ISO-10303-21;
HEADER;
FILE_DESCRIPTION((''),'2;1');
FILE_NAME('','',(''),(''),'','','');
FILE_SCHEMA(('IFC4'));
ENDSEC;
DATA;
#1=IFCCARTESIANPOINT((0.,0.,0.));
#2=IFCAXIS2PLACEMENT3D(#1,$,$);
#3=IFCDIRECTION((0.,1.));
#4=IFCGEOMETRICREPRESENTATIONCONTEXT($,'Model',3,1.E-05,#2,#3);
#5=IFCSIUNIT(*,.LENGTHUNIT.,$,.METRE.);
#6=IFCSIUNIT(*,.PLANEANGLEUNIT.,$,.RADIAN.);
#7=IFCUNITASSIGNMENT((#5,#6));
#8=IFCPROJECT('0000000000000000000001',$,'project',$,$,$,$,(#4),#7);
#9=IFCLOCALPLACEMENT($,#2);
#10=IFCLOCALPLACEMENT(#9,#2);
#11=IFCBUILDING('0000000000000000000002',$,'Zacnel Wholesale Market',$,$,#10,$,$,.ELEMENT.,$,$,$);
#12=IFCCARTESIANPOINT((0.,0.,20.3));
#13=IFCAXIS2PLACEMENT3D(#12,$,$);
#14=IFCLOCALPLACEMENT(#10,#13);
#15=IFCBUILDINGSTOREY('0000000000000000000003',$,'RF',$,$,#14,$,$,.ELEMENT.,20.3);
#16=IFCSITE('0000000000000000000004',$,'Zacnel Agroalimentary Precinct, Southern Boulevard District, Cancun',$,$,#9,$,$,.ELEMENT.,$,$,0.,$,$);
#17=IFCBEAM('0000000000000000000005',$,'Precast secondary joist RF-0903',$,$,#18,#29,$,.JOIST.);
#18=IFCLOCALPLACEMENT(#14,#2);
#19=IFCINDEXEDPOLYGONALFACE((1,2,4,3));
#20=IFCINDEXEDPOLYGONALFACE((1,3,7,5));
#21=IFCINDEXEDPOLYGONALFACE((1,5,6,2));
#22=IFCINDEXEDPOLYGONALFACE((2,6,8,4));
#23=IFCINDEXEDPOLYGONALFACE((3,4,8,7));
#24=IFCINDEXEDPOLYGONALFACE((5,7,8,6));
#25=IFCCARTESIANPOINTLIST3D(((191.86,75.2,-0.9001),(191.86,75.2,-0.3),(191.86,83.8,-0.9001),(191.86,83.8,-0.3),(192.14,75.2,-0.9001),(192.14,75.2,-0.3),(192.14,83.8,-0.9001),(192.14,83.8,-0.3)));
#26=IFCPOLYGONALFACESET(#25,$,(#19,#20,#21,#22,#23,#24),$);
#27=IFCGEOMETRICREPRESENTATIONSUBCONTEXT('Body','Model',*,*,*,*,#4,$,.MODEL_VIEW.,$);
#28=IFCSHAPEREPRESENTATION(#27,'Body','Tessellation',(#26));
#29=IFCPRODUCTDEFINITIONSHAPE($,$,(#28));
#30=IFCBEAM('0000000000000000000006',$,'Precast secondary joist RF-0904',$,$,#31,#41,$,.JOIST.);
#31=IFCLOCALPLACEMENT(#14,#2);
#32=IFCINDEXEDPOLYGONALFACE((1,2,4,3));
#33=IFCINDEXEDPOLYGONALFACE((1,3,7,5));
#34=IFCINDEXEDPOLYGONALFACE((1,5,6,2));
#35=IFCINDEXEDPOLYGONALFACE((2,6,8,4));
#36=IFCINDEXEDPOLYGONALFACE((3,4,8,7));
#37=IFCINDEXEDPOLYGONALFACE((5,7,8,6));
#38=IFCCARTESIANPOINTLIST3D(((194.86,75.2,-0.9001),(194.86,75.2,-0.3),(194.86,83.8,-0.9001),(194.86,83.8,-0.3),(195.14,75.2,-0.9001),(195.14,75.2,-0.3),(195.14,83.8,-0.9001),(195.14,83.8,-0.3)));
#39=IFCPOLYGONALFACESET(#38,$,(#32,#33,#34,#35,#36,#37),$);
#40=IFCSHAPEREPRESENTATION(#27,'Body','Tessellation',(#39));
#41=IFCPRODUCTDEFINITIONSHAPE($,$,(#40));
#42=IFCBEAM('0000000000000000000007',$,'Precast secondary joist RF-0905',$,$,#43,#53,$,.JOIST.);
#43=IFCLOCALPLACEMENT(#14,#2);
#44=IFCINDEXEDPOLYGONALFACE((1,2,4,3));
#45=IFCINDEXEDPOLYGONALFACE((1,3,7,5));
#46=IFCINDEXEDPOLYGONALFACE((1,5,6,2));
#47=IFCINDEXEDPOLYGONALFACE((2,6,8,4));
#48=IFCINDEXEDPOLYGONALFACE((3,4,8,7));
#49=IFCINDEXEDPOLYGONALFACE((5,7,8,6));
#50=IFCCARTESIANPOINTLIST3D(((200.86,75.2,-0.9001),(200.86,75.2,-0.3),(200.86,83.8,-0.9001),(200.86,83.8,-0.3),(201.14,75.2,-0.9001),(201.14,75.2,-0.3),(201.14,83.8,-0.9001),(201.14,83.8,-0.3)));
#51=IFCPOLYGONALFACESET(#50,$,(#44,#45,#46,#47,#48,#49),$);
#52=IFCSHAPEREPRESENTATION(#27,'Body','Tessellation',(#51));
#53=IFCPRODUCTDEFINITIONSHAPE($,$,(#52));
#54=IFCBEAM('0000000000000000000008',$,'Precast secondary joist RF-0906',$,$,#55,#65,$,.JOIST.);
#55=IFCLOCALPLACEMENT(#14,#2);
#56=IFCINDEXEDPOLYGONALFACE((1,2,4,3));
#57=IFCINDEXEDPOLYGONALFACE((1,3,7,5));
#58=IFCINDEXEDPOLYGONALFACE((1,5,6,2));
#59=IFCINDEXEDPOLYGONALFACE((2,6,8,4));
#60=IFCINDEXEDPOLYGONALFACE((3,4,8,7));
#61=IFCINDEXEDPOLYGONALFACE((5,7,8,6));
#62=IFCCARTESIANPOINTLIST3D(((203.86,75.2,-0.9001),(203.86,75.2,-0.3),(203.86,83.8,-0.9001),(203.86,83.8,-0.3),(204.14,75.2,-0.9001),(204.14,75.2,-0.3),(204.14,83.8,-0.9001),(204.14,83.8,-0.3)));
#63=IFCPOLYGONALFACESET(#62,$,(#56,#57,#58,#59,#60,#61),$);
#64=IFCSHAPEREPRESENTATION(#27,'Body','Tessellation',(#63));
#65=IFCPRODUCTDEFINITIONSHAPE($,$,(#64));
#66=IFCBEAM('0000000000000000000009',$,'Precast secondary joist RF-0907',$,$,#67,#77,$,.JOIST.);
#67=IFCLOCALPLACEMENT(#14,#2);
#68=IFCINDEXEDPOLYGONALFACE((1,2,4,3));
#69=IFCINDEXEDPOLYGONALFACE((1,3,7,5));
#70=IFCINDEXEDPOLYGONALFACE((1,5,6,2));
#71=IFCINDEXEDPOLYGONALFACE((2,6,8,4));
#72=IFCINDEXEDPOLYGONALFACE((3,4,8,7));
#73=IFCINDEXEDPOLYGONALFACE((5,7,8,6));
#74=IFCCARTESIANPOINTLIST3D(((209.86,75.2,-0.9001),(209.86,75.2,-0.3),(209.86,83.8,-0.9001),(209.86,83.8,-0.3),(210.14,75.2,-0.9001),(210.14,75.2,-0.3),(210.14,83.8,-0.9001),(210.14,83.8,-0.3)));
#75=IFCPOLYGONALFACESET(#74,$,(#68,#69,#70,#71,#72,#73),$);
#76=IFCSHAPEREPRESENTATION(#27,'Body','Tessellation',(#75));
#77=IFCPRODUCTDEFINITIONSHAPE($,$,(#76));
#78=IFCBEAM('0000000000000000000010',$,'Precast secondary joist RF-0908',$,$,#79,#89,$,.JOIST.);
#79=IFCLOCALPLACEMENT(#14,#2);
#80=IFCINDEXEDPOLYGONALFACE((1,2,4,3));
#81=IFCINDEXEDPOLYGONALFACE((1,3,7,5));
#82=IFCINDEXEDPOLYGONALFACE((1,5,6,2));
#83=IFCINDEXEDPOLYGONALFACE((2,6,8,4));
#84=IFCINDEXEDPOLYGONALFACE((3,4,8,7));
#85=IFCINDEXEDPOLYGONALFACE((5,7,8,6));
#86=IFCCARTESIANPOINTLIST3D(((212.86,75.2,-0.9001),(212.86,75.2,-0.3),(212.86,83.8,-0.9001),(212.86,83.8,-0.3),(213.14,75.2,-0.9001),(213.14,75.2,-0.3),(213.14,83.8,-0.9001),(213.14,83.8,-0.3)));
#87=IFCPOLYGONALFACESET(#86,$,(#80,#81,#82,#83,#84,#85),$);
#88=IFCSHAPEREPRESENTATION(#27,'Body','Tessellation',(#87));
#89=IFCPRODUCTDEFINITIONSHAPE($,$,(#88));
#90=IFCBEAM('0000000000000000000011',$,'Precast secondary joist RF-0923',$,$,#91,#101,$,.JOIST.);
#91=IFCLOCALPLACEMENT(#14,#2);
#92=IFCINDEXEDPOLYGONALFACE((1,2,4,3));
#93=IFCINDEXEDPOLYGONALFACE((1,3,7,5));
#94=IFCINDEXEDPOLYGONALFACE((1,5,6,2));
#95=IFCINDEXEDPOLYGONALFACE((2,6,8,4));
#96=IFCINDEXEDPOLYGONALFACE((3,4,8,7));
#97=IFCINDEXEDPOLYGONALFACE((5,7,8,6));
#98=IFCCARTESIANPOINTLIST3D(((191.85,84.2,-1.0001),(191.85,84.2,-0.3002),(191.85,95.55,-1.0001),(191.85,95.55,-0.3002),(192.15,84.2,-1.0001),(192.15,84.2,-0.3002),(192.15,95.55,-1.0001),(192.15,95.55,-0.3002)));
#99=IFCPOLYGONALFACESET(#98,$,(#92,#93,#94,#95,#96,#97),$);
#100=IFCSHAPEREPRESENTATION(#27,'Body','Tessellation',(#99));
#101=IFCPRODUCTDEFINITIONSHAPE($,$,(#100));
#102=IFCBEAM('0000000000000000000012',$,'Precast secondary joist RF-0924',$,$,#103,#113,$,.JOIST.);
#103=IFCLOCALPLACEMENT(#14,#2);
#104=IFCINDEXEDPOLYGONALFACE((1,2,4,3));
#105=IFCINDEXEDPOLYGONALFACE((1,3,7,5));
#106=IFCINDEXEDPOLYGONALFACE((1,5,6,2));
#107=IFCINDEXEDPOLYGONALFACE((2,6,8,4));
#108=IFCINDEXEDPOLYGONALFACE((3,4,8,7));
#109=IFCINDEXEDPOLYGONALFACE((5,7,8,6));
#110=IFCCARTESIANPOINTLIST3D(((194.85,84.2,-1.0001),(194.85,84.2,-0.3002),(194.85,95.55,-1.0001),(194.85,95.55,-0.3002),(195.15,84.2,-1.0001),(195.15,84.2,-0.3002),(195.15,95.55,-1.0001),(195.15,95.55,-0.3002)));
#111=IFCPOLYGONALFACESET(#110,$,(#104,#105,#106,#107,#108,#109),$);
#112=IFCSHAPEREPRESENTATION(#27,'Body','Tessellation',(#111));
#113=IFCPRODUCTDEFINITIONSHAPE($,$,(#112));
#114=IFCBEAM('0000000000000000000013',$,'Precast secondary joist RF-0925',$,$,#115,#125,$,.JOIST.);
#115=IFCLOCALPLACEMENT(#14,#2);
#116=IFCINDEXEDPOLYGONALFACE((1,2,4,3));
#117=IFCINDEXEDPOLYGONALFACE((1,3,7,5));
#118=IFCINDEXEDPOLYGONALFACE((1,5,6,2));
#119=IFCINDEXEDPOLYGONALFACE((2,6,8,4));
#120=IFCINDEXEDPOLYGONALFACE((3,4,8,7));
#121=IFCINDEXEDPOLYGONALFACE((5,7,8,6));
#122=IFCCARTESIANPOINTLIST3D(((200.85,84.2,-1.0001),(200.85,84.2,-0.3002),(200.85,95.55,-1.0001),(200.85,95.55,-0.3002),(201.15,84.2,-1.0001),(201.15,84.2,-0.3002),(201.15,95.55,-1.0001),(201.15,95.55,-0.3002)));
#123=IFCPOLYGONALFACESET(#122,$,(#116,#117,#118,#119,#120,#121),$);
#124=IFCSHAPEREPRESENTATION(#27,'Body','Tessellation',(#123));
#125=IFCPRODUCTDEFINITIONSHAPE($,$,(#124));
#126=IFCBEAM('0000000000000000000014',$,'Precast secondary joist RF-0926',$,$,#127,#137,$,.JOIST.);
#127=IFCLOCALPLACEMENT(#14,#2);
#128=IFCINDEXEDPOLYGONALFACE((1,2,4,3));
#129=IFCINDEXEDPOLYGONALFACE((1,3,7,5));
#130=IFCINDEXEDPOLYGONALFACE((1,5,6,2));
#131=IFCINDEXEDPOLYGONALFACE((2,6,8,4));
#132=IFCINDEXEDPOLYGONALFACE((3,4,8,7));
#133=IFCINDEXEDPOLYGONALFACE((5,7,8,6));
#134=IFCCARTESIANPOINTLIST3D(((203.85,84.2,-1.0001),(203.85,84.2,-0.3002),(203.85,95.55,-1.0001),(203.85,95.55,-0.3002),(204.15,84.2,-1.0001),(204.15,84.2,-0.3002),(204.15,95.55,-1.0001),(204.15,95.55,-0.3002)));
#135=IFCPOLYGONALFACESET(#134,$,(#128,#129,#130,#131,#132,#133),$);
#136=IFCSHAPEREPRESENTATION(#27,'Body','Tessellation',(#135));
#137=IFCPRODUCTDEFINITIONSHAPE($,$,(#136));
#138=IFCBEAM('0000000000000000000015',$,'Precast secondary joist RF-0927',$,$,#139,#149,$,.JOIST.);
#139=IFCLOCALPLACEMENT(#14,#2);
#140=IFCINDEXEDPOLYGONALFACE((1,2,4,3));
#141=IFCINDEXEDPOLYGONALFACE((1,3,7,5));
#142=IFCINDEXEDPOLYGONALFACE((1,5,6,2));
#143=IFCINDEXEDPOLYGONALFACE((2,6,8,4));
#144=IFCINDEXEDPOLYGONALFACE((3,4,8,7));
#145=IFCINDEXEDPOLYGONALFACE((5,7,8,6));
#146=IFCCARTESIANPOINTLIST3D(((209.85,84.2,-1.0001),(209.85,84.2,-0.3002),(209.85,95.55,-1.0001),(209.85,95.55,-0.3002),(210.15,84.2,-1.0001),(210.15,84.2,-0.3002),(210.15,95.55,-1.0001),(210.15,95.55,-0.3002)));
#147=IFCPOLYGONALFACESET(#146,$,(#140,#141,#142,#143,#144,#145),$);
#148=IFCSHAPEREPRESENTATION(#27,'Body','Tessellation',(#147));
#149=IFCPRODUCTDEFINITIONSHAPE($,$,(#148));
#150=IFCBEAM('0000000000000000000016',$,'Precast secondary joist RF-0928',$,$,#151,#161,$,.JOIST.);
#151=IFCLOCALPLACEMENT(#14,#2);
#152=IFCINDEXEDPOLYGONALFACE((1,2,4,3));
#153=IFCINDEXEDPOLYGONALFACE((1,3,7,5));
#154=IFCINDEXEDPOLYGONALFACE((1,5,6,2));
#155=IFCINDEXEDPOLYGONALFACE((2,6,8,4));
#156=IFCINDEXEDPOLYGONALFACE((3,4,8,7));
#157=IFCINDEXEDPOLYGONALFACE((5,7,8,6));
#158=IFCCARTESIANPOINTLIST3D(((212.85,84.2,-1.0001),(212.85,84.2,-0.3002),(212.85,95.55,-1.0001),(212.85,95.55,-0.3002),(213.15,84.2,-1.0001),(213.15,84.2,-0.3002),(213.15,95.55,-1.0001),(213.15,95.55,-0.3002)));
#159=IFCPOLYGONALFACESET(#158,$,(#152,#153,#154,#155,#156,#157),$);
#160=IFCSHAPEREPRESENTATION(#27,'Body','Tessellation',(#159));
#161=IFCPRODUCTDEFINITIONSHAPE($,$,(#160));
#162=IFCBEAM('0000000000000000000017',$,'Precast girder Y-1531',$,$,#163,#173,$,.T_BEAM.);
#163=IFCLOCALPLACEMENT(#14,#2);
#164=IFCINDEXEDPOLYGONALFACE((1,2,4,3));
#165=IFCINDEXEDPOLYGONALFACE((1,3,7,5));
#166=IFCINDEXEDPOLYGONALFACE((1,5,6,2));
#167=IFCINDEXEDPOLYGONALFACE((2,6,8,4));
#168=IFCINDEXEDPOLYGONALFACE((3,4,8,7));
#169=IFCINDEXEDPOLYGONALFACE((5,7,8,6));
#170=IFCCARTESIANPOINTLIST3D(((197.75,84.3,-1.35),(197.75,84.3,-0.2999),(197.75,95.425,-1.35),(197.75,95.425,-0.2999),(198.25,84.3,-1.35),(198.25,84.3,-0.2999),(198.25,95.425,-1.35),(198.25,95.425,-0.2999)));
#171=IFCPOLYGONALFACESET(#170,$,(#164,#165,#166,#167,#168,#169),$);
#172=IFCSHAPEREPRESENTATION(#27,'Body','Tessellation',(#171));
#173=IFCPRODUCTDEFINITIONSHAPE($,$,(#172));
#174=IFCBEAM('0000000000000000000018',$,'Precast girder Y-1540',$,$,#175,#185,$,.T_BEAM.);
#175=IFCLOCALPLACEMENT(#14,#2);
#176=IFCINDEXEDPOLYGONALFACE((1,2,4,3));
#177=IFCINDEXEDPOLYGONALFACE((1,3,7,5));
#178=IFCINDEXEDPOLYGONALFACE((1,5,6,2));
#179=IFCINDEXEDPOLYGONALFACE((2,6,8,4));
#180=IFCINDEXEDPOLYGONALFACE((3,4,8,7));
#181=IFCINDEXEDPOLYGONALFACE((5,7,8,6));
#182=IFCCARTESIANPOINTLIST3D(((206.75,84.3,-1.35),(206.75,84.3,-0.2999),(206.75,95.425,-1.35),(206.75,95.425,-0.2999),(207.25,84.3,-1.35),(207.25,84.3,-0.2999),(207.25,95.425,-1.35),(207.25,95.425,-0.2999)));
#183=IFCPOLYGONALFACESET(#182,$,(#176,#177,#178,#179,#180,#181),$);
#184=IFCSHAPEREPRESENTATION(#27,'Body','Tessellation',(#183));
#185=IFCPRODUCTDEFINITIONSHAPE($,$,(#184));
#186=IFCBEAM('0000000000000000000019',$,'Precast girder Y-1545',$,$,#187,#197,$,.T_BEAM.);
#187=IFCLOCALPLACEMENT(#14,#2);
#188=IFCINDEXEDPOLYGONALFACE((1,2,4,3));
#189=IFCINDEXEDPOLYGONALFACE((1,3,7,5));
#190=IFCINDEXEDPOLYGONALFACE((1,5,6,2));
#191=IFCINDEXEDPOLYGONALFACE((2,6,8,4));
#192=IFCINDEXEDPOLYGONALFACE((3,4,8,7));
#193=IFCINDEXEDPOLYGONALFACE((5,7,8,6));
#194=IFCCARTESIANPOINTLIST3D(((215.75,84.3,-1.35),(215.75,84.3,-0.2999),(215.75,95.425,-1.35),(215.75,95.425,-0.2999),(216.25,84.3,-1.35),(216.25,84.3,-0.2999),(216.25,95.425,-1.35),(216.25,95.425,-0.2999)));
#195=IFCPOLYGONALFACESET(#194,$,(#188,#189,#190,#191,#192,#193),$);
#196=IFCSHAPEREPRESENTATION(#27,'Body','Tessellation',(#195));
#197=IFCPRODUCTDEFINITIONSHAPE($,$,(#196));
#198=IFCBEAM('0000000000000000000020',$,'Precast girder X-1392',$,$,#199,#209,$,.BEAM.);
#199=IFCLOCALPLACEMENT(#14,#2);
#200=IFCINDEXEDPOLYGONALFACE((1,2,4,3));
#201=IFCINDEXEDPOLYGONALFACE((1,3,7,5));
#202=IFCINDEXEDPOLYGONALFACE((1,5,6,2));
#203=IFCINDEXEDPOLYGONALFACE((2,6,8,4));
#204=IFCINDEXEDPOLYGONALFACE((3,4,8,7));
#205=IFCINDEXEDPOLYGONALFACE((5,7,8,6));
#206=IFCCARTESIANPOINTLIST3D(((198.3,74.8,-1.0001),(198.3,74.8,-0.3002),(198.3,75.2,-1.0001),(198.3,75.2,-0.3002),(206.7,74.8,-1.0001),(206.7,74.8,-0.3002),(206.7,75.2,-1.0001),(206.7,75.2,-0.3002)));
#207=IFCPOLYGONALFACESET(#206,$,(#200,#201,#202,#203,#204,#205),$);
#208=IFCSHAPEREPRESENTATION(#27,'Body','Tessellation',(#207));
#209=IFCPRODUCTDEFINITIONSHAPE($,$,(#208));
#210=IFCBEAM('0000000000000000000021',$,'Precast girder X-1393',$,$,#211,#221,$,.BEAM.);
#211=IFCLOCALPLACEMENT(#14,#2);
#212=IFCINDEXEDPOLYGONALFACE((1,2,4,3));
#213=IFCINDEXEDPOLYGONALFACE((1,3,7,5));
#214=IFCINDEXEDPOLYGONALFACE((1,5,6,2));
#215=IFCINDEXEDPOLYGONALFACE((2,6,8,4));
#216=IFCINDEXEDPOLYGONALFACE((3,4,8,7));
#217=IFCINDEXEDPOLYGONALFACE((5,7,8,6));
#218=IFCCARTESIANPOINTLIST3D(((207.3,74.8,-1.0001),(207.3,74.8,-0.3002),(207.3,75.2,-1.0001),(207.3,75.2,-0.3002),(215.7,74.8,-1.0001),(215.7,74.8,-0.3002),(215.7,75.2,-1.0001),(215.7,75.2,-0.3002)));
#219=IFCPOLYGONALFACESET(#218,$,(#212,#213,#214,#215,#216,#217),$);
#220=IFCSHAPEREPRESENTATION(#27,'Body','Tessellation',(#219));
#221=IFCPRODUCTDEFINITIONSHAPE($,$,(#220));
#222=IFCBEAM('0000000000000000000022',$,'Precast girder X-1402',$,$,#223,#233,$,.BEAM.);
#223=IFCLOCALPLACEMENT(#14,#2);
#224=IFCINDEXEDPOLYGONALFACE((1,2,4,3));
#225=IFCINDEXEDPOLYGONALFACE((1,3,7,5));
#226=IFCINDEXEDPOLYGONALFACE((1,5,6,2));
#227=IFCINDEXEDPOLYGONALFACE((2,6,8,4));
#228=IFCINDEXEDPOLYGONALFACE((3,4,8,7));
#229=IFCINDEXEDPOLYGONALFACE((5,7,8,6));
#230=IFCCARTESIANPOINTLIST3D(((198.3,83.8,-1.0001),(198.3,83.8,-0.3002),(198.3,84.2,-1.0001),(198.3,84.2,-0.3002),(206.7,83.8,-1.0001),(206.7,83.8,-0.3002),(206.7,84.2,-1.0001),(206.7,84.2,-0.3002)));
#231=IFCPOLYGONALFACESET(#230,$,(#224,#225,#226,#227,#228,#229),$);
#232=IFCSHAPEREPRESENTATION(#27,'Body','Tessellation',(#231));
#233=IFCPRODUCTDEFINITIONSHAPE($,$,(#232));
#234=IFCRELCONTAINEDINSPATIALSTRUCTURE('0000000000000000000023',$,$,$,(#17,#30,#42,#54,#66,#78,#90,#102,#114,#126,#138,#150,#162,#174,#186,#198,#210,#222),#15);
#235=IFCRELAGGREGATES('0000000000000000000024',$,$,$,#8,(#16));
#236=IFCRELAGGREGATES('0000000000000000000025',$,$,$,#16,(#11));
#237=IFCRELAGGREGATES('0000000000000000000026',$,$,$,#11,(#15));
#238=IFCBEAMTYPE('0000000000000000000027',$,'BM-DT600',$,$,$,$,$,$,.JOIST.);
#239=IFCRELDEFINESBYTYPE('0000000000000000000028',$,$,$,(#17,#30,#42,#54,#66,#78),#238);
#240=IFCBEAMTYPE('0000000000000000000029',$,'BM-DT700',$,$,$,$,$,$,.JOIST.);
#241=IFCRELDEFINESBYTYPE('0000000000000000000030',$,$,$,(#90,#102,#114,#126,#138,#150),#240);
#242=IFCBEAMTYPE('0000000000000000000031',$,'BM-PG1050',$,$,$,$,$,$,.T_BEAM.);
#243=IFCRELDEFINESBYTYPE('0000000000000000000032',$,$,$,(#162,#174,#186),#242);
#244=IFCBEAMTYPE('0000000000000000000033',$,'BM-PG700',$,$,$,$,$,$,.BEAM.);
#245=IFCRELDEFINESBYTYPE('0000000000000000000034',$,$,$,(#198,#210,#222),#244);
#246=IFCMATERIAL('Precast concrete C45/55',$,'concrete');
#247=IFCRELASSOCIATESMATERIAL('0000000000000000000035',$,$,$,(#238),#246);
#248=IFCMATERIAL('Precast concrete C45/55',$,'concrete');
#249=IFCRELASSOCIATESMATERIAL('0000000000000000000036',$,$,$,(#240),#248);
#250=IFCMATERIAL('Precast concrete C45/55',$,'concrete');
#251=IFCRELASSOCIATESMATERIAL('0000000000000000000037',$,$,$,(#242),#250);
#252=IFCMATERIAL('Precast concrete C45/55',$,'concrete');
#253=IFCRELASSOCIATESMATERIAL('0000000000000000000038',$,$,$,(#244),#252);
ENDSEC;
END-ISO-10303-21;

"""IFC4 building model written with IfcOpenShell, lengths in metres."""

from ifc_helpers import new_model, si_unit, direction, frame, origin, origin_2d, place, context, subcontext, project, spatial, rectangle, extrude, material, material_profile, profile_set, type_object, element, save


model = new_model("IFC4")

# Units and contexts
model_context = context("Model", 3, precision=1e-05, world=origin(), true_north=direction((0.0, 1.0)))
body_context = subcontext(model_context, "Body", "Model", "MODEL_VIEW")
ifc_project = project(units=[si_unit("LENGTHUNIT", "METRE"), si_unit("PLANEANGLEUNIT", "RADIAN")], contexts=[model_context])

# Site, building, storey
site_placement = place(None, origin())
site = spatial("IfcSite", under=ifc_project, at=site_placement, Name="Zacnel Agroalimentary Precinct, Southern Boulevard District, Cancun", CompositionType="ELEMENT", RefElevation=0.0)
building_placement = place(site_placement, origin())
building = spatial("IfcBuilding", under=site, at=building_placement, Name="Zacnel Wholesale Market", CompositionType="ELEMENT")
storey_placement = place(building_placement, frame((0.0, 0.0, 20.3)))
storey = spatial("IfcBuildingStorey", under=building, at=storey_placement, Name="RF", CompositionType="ELEMENT", Elevation=20.3)

# Beams
ifc_material_1 = material(Name="Precast concrete C45/55", Category="concrete")
ifc_material_profile_1 = material_profile(ifc_material_1, rectangle(XDim=0.28, YDim=0.6001, at=origin_2d()), Name="DT RIB 280x600")
ifc_profile_set_1 = profile_set([ifc_material_profile_1], Name="Precast concrete C45/55")
beam_type_1 = type_object("IfcBeamType", Name="BM-DT600", PredefinedType="JOIST", material=ifc_profile_set_1)
for number, where, z_axis, x_axis, name in (
    (1, (192.0, 75.2, -0.6001), (0.0, 1.0, 0.0), (-1.0, 0.0, 0.0), "Precast secondary joist RF-0903"),
    (2, (195.0, 75.2, -0.6001), (0.0, 1.0, 0.0), (-1.0, 0.0, 0.0), "Precast secondary joist RF-0904"),
    (3, (201.0, 75.2, -0.6001), (0.0, 1.0, 0.0), (-1.0, 0.0, 0.0), "Precast secondary joist RF-0905"),
    (4, (204.0, 75.2, -0.6001), (0.0, 1.0, 0.0), (-1.0, 0.0, 0.0), "Precast secondary joist RF-0906"),
    (5, (210.0, 75.2, -0.6001), (0.0, 1.0, 0.0), (-1.0, 0.0, 0.0), "Precast secondary joist RF-0907"),
    (6, (213.0, 75.2, -0.6001), (0.0, 1.0, 0.0), (-1.0, 0.0, 0.0), "Precast secondary joist RF-0908"),
):
    element("IfcBeam", number, at=place(storey_placement, frame(where, z_axis=z_axis, x_axis=x_axis)), inside=storey, type_object=beam_type_1, Name=name, PredefinedType="JOIST", context=body_context, shape_type="SweptSolid", body=[
        extrude(rectangle(XDim=0.28, YDim=0.6001, at=origin_2d()), origin(), (0.0, 0.0, 1.0), 8.6001),
    ])
ifc_material_2 = material(Name="Precast concrete C45/55", Category="concrete")
ifc_material_profile_2 = material_profile(ifc_material_2, rectangle(XDim=0.3, YDim=0.7, at=origin_2d()), Name="DT RIB 300x700")
ifc_profile_set_2 = profile_set([ifc_material_profile_2], Name="Precast concrete C45/55")
beam_type_2 = type_object("IfcBeamType", Name="BM-DT700", PredefinedType="JOIST", material=ifc_profile_set_2)
for number, where, z_axis, x_axis, name in (
    (7, (192.0, 84.2, -0.6501), (0.0, 1.0, 0.0), (-1.0, 0.0, 0.0), "Precast secondary joist RF-0923"),
    (8, (195.0, 84.2, -0.6501), (0.0, 1.0, 0.0), (-1.0, 0.0, 0.0), "Precast secondary joist RF-0924"),
    (9, (201.0, 84.2, -0.6501), (0.0, 1.0, 0.0), (-1.0, 0.0, 0.0), "Precast secondary joist RF-0925"),
    (10, (204.0, 84.2, -0.6501), (0.0, 1.0, 0.0), (-1.0, 0.0, 0.0), "Precast secondary joist RF-0926"),
    (11, (210.0, 84.2, -0.6501), (0.0, 1.0, 0.0), (-1.0, 0.0, 0.0), "Precast secondary joist RF-0927"),
    (12, (213.0, 84.2, -0.6501), (0.0, 1.0, 0.0), (-1.0, 0.0, 0.0), "Precast secondary joist RF-0928"),
):
    element("IfcBeam", number, at=place(storey_placement, frame(where, z_axis=z_axis, x_axis=x_axis)), inside=storey, type_object=beam_type_2, Name=name, PredefinedType="JOIST", context=body_context, shape_type="SweptSolid", body=[
        extrude(rectangle(XDim=0.3, YDim=0.7, at=origin_2d()), origin(), (0.0, 0.0, 1.0), 11.3501),
    ])
ifc_material_3 = material(Name="Precast concrete C45/55", Category="concrete")
ifc_material_profile_3 = material_profile(ifc_material_3, rectangle(XDim=0.5, YDim=1.05, at=origin_2d()), Name="PG 500x1050")
ifc_profile_set_3 = profile_set([ifc_material_profile_3], Name="Precast concrete C45/55")
beam_type_3 = type_object("IfcBeamType", Name="BM-PG1050", PredefinedType="T_BEAM", material=ifc_profile_set_3)
for number, where, z_axis, x_axis, name in (
    (13, (198.0, 84.3, -0.825), (0.0, 1.0, 0.0), (-1.0, 0.0, 0.0), "Precast girder Y-1531"),
    (14, (207.0, 84.3, -0.825), (0.0, 1.0, 0.0), (-1.0, 0.0, 0.0), "Precast girder Y-1540"),
    (15, (216.0, 84.3, -0.825), (0.0, 1.0, 0.0), (-1.0, 0.0, 0.0), "Precast girder Y-1545"),
):
    element("IfcBeam", number, at=place(storey_placement, frame(where, z_axis=z_axis, x_axis=x_axis)), inside=storey, type_object=beam_type_3, Name=name, PredefinedType="T_BEAM", context=body_context, shape_type="SweptSolid", body=[
        extrude(rectangle(XDim=0.5, YDim=1.05, at=origin_2d()), origin(), (0.0, 0.0, 1.0), 11.125),
    ])
ifc_material_4 = material(Name="Precast concrete C45/55", Category="concrete")
ifc_material_profile_4 = material_profile(ifc_material_4, rectangle(XDim=0.3999, YDim=0.7, at=origin_2d()), Name="PG 400x700")
ifc_profile_set_4 = profile_set([ifc_material_profile_4], Name="Precast concrete C45/55")
beam_type_4 = type_object("IfcBeamType", Name="BM-PG700", PredefinedType="BEAM", material=ifc_profile_set_4)
for number, where, z_axis, x_axis, name in (
    (16, (198.3, 75.0, -0.6501), (1.0, 0.0, 0.0), (0.0, 1.0, 0.0), "Precast girder X-1392"),
    (17, (207.3, 75.0, -0.6501), (1.0, 0.0, 0.0), (0.0, 1.0, 0.0), "Precast girder X-1393"),
    (18, (198.3, 84.0, -0.6501), (1.0, 0.0, 0.0), (0.0, 1.0, 0.0), "Precast girder X-1402"),
):
    element("IfcBeam", number, at=place(storey_placement, frame(where, z_axis=z_axis, x_axis=x_axis)), inside=storey, type_object=beam_type_4, Name=name, PredefinedType="BEAM", context=body_context, shape_type="SweptSolid", body=[
        extrude(rectangle(XDim=0.3999, YDim=0.7, at=origin_2d()), origin(), (0.0, 0.0, 1.0), 8.3999),
    ])

save(model, "model.ifc")
